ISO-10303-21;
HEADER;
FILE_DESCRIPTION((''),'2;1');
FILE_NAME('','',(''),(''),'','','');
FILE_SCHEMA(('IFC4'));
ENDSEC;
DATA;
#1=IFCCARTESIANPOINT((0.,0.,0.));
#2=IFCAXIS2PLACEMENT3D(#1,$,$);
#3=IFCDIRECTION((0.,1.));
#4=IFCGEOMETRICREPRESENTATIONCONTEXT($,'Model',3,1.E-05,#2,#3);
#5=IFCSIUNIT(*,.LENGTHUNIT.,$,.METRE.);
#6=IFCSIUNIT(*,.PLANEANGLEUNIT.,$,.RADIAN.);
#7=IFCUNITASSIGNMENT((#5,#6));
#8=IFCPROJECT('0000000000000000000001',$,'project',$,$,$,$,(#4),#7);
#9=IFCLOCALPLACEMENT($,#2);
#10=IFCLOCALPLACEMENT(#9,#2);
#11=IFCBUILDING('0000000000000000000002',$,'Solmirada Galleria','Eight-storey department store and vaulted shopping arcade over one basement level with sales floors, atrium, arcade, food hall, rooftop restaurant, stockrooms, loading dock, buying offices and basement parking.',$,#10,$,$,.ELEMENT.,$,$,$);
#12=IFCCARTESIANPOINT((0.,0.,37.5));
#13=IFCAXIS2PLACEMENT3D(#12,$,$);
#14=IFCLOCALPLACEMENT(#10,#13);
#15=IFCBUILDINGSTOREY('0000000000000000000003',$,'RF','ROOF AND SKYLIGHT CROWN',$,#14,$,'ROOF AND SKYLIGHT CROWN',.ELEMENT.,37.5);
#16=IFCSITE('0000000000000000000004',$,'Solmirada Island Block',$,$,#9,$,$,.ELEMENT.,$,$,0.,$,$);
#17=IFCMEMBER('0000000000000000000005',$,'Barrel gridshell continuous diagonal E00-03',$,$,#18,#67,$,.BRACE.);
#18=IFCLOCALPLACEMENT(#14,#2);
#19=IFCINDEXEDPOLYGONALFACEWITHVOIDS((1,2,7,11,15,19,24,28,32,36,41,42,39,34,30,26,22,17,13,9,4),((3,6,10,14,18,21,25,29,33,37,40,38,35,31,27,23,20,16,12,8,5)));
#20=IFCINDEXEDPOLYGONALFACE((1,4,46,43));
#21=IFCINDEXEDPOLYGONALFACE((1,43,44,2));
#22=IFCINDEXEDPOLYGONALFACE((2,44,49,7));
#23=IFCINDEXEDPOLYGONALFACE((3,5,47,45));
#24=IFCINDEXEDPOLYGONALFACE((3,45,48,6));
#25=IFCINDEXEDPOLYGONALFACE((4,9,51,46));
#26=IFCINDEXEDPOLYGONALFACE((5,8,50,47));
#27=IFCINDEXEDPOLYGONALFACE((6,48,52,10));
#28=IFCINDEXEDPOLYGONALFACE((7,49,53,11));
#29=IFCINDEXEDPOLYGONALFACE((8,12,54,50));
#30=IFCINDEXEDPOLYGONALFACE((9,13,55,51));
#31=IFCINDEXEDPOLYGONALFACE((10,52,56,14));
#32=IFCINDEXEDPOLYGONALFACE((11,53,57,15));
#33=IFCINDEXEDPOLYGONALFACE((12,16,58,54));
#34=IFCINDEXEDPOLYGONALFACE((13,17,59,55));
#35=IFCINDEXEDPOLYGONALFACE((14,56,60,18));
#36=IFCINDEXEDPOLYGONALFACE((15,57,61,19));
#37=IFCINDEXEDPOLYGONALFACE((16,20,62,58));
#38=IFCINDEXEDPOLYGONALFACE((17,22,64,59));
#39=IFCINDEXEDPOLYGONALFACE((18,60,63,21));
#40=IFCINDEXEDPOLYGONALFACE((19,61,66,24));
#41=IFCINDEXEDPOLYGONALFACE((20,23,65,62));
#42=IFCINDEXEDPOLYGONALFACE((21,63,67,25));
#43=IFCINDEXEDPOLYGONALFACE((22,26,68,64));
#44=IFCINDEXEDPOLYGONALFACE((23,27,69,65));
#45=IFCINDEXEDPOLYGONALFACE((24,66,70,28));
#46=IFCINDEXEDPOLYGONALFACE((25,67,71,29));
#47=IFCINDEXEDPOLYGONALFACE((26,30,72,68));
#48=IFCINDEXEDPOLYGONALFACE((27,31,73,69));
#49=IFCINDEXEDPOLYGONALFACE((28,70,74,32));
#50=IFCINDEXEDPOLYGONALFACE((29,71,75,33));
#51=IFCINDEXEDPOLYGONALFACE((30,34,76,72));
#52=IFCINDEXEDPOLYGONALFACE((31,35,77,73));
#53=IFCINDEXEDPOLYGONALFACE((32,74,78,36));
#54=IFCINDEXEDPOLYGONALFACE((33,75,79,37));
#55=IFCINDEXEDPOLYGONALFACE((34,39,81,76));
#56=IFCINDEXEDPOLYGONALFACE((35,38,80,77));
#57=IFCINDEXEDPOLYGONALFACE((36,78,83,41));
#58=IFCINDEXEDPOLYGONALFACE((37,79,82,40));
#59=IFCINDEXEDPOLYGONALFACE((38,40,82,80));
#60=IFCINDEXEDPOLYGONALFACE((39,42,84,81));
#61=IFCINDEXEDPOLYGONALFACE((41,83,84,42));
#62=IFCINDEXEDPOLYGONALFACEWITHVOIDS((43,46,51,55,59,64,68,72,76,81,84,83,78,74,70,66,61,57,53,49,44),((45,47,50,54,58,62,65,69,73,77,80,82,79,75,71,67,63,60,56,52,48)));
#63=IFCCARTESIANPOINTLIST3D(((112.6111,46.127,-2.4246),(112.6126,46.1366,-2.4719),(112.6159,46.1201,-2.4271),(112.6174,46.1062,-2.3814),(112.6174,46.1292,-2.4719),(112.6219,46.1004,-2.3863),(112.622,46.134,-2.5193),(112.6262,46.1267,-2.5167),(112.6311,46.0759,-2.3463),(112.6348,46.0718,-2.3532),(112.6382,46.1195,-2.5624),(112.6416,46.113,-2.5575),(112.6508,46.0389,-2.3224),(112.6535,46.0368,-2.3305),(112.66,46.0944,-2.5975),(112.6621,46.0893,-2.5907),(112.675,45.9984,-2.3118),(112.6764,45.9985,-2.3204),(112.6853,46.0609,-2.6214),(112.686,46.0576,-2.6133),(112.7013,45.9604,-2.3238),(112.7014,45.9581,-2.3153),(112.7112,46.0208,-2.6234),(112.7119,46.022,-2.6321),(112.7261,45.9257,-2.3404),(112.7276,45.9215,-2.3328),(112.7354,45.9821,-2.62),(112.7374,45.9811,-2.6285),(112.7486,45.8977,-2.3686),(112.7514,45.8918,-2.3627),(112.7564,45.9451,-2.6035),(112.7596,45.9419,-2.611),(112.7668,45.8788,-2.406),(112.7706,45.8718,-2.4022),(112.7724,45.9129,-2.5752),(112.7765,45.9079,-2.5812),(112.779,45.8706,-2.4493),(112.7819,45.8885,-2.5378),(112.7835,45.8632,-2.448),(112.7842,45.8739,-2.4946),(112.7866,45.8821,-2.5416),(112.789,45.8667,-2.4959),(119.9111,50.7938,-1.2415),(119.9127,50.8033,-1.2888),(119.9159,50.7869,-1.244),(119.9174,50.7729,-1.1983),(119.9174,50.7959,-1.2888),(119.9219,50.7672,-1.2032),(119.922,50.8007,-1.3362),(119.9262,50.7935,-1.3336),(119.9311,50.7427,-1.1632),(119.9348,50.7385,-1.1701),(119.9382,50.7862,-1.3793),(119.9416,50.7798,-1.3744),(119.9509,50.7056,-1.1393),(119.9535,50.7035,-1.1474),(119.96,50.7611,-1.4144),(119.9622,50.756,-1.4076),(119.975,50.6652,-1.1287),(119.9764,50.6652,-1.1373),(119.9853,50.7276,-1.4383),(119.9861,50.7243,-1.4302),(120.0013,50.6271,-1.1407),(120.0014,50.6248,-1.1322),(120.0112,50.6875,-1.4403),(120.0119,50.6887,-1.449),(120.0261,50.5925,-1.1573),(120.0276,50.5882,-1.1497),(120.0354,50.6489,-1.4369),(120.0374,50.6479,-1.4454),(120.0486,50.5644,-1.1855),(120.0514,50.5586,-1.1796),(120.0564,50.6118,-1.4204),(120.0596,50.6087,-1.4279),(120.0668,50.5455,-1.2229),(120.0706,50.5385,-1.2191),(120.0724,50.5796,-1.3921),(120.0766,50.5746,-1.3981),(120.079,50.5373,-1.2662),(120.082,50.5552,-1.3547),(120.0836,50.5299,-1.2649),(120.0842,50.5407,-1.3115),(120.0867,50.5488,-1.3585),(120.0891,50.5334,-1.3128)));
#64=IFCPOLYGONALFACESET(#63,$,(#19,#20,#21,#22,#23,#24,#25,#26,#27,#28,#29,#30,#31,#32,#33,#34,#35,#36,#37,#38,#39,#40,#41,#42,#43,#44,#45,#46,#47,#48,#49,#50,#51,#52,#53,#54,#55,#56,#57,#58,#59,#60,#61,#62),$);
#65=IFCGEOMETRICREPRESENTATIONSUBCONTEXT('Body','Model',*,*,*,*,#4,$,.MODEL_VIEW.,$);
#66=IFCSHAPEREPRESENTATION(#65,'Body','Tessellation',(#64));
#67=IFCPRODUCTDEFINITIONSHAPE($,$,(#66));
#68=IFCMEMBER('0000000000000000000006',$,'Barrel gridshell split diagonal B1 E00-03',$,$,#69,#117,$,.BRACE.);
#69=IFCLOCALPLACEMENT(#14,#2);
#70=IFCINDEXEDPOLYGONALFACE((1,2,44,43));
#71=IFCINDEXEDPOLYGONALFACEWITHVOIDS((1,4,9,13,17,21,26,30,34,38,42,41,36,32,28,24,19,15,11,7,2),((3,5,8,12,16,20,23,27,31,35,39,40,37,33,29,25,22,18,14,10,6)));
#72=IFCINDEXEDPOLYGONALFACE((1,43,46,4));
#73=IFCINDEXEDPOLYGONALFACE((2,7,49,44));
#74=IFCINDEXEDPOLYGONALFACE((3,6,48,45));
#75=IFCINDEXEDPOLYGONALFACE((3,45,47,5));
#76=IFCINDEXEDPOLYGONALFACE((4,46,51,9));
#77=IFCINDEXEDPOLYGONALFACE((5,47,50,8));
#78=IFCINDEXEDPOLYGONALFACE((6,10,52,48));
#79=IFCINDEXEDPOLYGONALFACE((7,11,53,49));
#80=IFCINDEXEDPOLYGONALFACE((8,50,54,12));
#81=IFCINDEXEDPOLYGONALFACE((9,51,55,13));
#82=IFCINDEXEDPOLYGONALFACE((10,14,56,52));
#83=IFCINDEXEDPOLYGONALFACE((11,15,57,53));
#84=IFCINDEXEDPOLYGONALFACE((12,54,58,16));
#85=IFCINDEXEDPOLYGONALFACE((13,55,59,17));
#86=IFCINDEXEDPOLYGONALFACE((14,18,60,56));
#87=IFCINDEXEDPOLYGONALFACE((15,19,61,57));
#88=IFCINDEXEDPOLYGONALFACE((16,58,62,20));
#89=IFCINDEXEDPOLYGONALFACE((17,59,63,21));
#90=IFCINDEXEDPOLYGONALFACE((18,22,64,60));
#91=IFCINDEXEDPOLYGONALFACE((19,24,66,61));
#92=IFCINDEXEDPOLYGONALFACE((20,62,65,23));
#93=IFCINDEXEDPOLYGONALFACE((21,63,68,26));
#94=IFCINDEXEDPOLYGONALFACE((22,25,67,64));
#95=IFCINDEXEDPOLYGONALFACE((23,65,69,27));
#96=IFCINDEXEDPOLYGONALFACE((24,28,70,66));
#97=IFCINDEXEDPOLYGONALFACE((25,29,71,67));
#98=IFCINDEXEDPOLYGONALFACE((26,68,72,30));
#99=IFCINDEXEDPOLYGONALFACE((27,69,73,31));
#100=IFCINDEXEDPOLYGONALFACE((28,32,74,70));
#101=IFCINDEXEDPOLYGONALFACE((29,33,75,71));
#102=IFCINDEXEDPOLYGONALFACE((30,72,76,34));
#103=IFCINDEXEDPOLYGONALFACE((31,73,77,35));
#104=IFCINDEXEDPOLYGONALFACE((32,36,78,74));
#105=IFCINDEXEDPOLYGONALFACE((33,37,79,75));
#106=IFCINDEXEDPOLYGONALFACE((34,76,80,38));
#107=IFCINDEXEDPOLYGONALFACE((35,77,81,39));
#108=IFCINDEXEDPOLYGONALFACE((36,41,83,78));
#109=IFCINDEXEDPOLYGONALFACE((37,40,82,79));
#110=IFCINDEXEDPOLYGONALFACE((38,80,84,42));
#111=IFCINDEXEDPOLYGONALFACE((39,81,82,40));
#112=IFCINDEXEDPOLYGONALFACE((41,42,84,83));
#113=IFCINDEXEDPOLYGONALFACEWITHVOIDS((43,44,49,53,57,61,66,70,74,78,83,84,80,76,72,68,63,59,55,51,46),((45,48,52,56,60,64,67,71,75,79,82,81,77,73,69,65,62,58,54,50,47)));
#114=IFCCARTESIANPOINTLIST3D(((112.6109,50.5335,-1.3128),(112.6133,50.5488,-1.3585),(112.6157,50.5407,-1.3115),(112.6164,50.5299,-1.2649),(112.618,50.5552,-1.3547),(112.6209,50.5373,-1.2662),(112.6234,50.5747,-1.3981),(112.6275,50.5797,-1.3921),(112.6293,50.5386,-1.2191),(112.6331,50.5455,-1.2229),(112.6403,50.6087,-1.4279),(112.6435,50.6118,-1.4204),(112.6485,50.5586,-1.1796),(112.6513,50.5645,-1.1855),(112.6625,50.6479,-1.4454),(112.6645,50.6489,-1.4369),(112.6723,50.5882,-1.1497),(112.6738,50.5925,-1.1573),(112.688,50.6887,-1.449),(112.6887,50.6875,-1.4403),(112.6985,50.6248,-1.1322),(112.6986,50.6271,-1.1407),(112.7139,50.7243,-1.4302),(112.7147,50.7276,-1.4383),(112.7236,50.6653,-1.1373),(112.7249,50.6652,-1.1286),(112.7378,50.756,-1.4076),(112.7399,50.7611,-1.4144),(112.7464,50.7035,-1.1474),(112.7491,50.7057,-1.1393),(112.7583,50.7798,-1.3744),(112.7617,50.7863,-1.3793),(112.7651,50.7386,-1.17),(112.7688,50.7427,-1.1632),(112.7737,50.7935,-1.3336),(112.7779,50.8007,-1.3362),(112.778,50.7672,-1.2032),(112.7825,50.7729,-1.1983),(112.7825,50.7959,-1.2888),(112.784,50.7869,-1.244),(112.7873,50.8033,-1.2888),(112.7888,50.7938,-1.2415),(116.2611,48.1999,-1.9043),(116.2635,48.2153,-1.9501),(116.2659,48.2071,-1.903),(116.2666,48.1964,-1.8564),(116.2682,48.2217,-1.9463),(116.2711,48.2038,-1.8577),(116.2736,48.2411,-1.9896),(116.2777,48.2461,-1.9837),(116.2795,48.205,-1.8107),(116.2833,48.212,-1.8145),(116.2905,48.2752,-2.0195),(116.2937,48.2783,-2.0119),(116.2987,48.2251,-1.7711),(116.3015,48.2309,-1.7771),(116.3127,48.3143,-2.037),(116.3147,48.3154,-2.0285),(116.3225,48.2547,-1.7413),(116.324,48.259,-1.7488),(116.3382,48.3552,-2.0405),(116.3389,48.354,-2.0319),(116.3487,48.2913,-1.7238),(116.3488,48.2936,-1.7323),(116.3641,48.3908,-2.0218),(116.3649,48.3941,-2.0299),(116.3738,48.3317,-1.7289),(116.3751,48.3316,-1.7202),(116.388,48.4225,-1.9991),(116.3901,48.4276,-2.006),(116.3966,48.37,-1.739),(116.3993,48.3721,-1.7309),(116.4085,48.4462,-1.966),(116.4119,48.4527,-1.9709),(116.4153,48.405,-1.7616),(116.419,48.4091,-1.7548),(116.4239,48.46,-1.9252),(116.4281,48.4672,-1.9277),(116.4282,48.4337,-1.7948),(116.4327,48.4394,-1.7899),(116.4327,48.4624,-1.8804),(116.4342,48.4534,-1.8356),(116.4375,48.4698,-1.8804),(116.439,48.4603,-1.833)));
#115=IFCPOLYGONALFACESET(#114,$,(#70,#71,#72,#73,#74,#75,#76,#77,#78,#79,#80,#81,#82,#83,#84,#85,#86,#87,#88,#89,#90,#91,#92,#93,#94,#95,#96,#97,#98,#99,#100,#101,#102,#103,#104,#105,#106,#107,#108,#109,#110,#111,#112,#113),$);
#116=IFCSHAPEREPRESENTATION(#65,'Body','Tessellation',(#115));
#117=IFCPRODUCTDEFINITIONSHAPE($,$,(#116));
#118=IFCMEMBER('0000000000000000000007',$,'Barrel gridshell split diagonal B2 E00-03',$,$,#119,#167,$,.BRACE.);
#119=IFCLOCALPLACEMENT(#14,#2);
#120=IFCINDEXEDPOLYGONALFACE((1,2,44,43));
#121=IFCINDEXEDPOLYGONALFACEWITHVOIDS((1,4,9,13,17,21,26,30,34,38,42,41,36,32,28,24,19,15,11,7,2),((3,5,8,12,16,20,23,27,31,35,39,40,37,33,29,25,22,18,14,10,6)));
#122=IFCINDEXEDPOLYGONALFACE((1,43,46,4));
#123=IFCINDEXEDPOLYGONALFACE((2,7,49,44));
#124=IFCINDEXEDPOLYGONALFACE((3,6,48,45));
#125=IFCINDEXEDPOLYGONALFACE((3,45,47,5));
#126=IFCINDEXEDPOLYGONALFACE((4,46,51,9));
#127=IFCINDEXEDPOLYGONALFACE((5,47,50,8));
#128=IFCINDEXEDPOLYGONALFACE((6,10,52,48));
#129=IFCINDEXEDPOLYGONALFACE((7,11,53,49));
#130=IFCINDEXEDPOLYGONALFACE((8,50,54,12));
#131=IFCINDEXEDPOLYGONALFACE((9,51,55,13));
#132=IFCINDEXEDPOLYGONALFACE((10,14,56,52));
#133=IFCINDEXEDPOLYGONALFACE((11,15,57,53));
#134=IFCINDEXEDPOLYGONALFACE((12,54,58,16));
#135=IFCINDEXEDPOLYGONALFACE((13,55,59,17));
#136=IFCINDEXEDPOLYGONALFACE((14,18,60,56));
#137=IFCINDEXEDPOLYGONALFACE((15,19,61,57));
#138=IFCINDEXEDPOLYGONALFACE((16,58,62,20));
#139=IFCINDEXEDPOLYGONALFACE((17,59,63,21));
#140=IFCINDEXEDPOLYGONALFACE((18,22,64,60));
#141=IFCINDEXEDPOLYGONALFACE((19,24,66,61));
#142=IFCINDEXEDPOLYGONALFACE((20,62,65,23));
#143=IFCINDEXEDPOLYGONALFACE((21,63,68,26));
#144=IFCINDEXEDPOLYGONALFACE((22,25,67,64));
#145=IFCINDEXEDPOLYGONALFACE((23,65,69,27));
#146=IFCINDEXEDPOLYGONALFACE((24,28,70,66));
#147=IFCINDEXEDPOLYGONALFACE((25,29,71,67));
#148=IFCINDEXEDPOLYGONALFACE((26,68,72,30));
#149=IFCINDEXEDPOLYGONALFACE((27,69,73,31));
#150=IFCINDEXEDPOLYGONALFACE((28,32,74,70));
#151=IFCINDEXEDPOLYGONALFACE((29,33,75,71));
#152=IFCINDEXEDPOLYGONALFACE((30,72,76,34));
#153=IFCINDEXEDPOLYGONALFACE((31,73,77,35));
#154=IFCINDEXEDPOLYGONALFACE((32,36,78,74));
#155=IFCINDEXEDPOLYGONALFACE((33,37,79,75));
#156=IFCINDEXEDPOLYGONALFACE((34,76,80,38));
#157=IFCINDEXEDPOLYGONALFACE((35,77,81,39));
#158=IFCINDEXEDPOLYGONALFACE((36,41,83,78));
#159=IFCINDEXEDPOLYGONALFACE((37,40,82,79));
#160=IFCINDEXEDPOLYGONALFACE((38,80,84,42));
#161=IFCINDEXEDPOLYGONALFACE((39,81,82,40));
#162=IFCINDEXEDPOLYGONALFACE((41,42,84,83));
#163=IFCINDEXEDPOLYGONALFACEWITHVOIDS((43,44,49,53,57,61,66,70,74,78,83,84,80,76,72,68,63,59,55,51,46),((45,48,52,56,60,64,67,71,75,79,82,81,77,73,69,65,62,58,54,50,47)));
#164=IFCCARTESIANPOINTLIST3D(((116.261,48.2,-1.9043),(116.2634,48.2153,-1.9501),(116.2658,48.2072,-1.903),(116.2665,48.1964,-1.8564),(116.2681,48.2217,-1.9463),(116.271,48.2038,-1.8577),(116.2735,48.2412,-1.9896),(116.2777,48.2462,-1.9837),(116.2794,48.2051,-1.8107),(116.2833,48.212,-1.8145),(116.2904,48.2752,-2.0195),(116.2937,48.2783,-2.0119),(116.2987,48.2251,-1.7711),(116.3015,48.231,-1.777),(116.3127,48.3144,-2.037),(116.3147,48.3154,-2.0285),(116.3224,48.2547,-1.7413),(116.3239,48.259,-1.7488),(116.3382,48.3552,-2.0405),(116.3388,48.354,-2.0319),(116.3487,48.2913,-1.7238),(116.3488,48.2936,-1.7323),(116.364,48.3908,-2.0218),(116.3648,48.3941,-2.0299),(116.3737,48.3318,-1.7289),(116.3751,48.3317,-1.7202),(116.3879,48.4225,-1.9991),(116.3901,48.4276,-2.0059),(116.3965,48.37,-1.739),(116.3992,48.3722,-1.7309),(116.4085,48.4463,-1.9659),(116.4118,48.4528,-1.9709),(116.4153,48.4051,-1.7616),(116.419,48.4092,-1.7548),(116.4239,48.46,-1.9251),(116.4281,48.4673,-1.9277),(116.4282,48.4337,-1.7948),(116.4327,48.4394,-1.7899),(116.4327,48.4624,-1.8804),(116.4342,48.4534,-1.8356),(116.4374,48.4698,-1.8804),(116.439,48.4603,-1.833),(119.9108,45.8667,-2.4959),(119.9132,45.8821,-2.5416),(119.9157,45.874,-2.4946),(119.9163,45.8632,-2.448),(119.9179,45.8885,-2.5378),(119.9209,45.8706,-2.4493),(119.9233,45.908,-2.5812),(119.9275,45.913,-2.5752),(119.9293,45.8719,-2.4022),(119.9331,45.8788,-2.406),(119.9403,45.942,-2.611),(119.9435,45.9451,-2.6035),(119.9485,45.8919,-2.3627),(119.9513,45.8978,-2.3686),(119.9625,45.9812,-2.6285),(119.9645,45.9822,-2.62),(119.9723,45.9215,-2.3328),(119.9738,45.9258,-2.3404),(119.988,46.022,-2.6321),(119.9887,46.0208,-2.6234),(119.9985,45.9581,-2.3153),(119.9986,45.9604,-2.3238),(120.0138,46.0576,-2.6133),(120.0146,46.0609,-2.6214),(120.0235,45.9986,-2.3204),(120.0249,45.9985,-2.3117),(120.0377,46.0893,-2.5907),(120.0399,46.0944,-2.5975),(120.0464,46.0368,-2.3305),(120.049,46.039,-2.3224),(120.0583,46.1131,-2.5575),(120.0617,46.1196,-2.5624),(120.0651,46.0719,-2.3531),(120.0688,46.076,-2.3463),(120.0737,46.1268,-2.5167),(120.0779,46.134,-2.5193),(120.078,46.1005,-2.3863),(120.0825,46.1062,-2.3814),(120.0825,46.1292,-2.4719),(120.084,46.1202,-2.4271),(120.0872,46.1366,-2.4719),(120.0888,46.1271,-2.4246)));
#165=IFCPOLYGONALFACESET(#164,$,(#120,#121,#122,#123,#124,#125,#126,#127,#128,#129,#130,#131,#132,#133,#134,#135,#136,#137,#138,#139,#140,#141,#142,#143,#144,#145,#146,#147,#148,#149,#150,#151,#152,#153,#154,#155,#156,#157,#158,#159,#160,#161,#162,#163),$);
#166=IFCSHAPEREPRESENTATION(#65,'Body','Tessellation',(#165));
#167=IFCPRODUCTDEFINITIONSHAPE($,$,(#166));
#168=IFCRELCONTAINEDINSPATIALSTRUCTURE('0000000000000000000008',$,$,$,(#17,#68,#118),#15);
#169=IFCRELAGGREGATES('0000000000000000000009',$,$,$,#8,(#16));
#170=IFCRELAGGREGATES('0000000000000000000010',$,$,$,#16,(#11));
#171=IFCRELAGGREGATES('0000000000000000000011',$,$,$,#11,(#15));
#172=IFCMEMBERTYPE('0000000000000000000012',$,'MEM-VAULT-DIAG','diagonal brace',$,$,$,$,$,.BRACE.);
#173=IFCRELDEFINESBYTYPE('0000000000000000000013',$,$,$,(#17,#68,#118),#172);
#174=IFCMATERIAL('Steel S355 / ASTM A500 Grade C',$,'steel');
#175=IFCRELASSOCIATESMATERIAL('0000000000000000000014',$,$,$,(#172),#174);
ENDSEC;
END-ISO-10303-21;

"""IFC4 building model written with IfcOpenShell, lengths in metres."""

from ifc_helpers import new_model, si_unit, direction, frame, origin, origin_2d, place, context, subcontext, project, spatial, hollow_circle, extrude, material, material_profile, profile_set, type_object, element, save


model = new_model("IFC4")

# Units and contexts
model_context = context("Model", 3, precision=1e-05, world=origin(), true_north=direction((0.0, 1.0)))
body_context = subcontext(model_context, "Body", "Model", "MODEL_VIEW")
ifc_project = project(units=[si_unit("LENGTHUNIT", "METRE"), si_unit("PLANEANGLEUNIT", "RADIAN")], contexts=[model_context])

# Site, building, storey
site_placement = place(None, origin())
site = spatial("IfcSite", under=ifc_project, at=site_placement, Name="Solmirada Island Block", CompositionType="ELEMENT", RefElevation=0.0)
building_placement = place(site_placement, origin())
building = spatial("IfcBuilding", under=site, at=building_placement, Name="Solmirada Galleria", Description="Eight-storey department store and vaulted shopping arcade over one basement level with sales floors, atrium, arcade, food hall, rooftop restaurant, stockrooms, loading dock, buying offices and basement parking.", CompositionType="ELEMENT")
storey_placement = place(building_placement, frame((0.0, 0.0, 37.5)))
storey = spatial("IfcBuildingStorey", under=building, at=storey_placement, Name="RF", Description="ROOF AND SKYLIGHT CROWN", LongName="ROOF AND SKYLIGHT CROWN", CompositionType="ELEMENT", Elevation=37.5)

# Members
ifc_material_1 = material(Name="Steel S355 / ASTM A500 Grade C", Category="steel")
ifc_material_profile_1 = material_profile(ifc_material_1, hollow_circle(Radius=0.1621, WallThickness=0.0088, at=origin_2d()), Name="HSS12.750X0.375")
ifc_profile_set_1 = profile_set([ifc_material_profile_1], Name="Steel S355 / ASTM A500 Grade C")
member_type_1 = type_object("IfcMemberType", Name="MEM-VAULT-DIAG", Description="diagonal brace", PredefinedType="BRACE", material=ifc_profile_set_1)
member_1_placement = place(storey_placement, frame((112.7, 46.0, -2.4719), z_axis=(0.834801, 0.533669, 0.135295), x_axis=(-0.538621, 0.842548, 0.0)))
element("IfcMember", 1, at=member_1_placement, inside=storey, type_object=member_type_1, Name="Barrel gridshell continuous diagonal E00-03", PredefinedType="BRACE", context=body_context, shape_type="SweptSolid", body=[
    extrude(hollow_circle(Radius=0.1621, WallThickness=0.0088, at=origin_2d()), origin(), (0.0, 0.0, 1.0), 8.7446),
])
member_2_placement = place(storey_placement, frame((112.7, 50.6667, -1.2888), z_axis=(0.834797, -0.533676, -0.13529), x_axis=(0.538628, 0.842544, 0.0)))
element("IfcMember", 2, at=member_2_placement, inside=storey, type_object=member_type_1, Name="Barrel gridshell split diagonal B1 E00-03", PredefinedType="BRACE", context=body_context, shape_type="SweptSolid", body=[
    extrude(hollow_circle(Radius=0.1621, WallThickness=0.0088, at=origin_2d()), origin(), (0.0, 0.0, 1.0), 4.3726),
])
member_3_placement = place(storey_placement, frame((116.3501, 48.3333, -1.8804), z_axis=(0.834805, -0.533661, -0.1353), x_axis=(0.538614, 0.842553, 0.0)))
element("IfcMember", 3, at=member_3_placement, inside=storey, type_object=member_type_1, Name="Barrel gridshell split diagonal B2 E00-03", PredefinedType="BRACE", context=body_context, shape_type="SweptSolid", body=[
    extrude(hollow_circle(Radius=0.1621, WallThickness=0.0088, at=origin_2d()), origin(), (0.0, 0.0, 1.0), 4.3721),
])

save(model, "model.ifc")
